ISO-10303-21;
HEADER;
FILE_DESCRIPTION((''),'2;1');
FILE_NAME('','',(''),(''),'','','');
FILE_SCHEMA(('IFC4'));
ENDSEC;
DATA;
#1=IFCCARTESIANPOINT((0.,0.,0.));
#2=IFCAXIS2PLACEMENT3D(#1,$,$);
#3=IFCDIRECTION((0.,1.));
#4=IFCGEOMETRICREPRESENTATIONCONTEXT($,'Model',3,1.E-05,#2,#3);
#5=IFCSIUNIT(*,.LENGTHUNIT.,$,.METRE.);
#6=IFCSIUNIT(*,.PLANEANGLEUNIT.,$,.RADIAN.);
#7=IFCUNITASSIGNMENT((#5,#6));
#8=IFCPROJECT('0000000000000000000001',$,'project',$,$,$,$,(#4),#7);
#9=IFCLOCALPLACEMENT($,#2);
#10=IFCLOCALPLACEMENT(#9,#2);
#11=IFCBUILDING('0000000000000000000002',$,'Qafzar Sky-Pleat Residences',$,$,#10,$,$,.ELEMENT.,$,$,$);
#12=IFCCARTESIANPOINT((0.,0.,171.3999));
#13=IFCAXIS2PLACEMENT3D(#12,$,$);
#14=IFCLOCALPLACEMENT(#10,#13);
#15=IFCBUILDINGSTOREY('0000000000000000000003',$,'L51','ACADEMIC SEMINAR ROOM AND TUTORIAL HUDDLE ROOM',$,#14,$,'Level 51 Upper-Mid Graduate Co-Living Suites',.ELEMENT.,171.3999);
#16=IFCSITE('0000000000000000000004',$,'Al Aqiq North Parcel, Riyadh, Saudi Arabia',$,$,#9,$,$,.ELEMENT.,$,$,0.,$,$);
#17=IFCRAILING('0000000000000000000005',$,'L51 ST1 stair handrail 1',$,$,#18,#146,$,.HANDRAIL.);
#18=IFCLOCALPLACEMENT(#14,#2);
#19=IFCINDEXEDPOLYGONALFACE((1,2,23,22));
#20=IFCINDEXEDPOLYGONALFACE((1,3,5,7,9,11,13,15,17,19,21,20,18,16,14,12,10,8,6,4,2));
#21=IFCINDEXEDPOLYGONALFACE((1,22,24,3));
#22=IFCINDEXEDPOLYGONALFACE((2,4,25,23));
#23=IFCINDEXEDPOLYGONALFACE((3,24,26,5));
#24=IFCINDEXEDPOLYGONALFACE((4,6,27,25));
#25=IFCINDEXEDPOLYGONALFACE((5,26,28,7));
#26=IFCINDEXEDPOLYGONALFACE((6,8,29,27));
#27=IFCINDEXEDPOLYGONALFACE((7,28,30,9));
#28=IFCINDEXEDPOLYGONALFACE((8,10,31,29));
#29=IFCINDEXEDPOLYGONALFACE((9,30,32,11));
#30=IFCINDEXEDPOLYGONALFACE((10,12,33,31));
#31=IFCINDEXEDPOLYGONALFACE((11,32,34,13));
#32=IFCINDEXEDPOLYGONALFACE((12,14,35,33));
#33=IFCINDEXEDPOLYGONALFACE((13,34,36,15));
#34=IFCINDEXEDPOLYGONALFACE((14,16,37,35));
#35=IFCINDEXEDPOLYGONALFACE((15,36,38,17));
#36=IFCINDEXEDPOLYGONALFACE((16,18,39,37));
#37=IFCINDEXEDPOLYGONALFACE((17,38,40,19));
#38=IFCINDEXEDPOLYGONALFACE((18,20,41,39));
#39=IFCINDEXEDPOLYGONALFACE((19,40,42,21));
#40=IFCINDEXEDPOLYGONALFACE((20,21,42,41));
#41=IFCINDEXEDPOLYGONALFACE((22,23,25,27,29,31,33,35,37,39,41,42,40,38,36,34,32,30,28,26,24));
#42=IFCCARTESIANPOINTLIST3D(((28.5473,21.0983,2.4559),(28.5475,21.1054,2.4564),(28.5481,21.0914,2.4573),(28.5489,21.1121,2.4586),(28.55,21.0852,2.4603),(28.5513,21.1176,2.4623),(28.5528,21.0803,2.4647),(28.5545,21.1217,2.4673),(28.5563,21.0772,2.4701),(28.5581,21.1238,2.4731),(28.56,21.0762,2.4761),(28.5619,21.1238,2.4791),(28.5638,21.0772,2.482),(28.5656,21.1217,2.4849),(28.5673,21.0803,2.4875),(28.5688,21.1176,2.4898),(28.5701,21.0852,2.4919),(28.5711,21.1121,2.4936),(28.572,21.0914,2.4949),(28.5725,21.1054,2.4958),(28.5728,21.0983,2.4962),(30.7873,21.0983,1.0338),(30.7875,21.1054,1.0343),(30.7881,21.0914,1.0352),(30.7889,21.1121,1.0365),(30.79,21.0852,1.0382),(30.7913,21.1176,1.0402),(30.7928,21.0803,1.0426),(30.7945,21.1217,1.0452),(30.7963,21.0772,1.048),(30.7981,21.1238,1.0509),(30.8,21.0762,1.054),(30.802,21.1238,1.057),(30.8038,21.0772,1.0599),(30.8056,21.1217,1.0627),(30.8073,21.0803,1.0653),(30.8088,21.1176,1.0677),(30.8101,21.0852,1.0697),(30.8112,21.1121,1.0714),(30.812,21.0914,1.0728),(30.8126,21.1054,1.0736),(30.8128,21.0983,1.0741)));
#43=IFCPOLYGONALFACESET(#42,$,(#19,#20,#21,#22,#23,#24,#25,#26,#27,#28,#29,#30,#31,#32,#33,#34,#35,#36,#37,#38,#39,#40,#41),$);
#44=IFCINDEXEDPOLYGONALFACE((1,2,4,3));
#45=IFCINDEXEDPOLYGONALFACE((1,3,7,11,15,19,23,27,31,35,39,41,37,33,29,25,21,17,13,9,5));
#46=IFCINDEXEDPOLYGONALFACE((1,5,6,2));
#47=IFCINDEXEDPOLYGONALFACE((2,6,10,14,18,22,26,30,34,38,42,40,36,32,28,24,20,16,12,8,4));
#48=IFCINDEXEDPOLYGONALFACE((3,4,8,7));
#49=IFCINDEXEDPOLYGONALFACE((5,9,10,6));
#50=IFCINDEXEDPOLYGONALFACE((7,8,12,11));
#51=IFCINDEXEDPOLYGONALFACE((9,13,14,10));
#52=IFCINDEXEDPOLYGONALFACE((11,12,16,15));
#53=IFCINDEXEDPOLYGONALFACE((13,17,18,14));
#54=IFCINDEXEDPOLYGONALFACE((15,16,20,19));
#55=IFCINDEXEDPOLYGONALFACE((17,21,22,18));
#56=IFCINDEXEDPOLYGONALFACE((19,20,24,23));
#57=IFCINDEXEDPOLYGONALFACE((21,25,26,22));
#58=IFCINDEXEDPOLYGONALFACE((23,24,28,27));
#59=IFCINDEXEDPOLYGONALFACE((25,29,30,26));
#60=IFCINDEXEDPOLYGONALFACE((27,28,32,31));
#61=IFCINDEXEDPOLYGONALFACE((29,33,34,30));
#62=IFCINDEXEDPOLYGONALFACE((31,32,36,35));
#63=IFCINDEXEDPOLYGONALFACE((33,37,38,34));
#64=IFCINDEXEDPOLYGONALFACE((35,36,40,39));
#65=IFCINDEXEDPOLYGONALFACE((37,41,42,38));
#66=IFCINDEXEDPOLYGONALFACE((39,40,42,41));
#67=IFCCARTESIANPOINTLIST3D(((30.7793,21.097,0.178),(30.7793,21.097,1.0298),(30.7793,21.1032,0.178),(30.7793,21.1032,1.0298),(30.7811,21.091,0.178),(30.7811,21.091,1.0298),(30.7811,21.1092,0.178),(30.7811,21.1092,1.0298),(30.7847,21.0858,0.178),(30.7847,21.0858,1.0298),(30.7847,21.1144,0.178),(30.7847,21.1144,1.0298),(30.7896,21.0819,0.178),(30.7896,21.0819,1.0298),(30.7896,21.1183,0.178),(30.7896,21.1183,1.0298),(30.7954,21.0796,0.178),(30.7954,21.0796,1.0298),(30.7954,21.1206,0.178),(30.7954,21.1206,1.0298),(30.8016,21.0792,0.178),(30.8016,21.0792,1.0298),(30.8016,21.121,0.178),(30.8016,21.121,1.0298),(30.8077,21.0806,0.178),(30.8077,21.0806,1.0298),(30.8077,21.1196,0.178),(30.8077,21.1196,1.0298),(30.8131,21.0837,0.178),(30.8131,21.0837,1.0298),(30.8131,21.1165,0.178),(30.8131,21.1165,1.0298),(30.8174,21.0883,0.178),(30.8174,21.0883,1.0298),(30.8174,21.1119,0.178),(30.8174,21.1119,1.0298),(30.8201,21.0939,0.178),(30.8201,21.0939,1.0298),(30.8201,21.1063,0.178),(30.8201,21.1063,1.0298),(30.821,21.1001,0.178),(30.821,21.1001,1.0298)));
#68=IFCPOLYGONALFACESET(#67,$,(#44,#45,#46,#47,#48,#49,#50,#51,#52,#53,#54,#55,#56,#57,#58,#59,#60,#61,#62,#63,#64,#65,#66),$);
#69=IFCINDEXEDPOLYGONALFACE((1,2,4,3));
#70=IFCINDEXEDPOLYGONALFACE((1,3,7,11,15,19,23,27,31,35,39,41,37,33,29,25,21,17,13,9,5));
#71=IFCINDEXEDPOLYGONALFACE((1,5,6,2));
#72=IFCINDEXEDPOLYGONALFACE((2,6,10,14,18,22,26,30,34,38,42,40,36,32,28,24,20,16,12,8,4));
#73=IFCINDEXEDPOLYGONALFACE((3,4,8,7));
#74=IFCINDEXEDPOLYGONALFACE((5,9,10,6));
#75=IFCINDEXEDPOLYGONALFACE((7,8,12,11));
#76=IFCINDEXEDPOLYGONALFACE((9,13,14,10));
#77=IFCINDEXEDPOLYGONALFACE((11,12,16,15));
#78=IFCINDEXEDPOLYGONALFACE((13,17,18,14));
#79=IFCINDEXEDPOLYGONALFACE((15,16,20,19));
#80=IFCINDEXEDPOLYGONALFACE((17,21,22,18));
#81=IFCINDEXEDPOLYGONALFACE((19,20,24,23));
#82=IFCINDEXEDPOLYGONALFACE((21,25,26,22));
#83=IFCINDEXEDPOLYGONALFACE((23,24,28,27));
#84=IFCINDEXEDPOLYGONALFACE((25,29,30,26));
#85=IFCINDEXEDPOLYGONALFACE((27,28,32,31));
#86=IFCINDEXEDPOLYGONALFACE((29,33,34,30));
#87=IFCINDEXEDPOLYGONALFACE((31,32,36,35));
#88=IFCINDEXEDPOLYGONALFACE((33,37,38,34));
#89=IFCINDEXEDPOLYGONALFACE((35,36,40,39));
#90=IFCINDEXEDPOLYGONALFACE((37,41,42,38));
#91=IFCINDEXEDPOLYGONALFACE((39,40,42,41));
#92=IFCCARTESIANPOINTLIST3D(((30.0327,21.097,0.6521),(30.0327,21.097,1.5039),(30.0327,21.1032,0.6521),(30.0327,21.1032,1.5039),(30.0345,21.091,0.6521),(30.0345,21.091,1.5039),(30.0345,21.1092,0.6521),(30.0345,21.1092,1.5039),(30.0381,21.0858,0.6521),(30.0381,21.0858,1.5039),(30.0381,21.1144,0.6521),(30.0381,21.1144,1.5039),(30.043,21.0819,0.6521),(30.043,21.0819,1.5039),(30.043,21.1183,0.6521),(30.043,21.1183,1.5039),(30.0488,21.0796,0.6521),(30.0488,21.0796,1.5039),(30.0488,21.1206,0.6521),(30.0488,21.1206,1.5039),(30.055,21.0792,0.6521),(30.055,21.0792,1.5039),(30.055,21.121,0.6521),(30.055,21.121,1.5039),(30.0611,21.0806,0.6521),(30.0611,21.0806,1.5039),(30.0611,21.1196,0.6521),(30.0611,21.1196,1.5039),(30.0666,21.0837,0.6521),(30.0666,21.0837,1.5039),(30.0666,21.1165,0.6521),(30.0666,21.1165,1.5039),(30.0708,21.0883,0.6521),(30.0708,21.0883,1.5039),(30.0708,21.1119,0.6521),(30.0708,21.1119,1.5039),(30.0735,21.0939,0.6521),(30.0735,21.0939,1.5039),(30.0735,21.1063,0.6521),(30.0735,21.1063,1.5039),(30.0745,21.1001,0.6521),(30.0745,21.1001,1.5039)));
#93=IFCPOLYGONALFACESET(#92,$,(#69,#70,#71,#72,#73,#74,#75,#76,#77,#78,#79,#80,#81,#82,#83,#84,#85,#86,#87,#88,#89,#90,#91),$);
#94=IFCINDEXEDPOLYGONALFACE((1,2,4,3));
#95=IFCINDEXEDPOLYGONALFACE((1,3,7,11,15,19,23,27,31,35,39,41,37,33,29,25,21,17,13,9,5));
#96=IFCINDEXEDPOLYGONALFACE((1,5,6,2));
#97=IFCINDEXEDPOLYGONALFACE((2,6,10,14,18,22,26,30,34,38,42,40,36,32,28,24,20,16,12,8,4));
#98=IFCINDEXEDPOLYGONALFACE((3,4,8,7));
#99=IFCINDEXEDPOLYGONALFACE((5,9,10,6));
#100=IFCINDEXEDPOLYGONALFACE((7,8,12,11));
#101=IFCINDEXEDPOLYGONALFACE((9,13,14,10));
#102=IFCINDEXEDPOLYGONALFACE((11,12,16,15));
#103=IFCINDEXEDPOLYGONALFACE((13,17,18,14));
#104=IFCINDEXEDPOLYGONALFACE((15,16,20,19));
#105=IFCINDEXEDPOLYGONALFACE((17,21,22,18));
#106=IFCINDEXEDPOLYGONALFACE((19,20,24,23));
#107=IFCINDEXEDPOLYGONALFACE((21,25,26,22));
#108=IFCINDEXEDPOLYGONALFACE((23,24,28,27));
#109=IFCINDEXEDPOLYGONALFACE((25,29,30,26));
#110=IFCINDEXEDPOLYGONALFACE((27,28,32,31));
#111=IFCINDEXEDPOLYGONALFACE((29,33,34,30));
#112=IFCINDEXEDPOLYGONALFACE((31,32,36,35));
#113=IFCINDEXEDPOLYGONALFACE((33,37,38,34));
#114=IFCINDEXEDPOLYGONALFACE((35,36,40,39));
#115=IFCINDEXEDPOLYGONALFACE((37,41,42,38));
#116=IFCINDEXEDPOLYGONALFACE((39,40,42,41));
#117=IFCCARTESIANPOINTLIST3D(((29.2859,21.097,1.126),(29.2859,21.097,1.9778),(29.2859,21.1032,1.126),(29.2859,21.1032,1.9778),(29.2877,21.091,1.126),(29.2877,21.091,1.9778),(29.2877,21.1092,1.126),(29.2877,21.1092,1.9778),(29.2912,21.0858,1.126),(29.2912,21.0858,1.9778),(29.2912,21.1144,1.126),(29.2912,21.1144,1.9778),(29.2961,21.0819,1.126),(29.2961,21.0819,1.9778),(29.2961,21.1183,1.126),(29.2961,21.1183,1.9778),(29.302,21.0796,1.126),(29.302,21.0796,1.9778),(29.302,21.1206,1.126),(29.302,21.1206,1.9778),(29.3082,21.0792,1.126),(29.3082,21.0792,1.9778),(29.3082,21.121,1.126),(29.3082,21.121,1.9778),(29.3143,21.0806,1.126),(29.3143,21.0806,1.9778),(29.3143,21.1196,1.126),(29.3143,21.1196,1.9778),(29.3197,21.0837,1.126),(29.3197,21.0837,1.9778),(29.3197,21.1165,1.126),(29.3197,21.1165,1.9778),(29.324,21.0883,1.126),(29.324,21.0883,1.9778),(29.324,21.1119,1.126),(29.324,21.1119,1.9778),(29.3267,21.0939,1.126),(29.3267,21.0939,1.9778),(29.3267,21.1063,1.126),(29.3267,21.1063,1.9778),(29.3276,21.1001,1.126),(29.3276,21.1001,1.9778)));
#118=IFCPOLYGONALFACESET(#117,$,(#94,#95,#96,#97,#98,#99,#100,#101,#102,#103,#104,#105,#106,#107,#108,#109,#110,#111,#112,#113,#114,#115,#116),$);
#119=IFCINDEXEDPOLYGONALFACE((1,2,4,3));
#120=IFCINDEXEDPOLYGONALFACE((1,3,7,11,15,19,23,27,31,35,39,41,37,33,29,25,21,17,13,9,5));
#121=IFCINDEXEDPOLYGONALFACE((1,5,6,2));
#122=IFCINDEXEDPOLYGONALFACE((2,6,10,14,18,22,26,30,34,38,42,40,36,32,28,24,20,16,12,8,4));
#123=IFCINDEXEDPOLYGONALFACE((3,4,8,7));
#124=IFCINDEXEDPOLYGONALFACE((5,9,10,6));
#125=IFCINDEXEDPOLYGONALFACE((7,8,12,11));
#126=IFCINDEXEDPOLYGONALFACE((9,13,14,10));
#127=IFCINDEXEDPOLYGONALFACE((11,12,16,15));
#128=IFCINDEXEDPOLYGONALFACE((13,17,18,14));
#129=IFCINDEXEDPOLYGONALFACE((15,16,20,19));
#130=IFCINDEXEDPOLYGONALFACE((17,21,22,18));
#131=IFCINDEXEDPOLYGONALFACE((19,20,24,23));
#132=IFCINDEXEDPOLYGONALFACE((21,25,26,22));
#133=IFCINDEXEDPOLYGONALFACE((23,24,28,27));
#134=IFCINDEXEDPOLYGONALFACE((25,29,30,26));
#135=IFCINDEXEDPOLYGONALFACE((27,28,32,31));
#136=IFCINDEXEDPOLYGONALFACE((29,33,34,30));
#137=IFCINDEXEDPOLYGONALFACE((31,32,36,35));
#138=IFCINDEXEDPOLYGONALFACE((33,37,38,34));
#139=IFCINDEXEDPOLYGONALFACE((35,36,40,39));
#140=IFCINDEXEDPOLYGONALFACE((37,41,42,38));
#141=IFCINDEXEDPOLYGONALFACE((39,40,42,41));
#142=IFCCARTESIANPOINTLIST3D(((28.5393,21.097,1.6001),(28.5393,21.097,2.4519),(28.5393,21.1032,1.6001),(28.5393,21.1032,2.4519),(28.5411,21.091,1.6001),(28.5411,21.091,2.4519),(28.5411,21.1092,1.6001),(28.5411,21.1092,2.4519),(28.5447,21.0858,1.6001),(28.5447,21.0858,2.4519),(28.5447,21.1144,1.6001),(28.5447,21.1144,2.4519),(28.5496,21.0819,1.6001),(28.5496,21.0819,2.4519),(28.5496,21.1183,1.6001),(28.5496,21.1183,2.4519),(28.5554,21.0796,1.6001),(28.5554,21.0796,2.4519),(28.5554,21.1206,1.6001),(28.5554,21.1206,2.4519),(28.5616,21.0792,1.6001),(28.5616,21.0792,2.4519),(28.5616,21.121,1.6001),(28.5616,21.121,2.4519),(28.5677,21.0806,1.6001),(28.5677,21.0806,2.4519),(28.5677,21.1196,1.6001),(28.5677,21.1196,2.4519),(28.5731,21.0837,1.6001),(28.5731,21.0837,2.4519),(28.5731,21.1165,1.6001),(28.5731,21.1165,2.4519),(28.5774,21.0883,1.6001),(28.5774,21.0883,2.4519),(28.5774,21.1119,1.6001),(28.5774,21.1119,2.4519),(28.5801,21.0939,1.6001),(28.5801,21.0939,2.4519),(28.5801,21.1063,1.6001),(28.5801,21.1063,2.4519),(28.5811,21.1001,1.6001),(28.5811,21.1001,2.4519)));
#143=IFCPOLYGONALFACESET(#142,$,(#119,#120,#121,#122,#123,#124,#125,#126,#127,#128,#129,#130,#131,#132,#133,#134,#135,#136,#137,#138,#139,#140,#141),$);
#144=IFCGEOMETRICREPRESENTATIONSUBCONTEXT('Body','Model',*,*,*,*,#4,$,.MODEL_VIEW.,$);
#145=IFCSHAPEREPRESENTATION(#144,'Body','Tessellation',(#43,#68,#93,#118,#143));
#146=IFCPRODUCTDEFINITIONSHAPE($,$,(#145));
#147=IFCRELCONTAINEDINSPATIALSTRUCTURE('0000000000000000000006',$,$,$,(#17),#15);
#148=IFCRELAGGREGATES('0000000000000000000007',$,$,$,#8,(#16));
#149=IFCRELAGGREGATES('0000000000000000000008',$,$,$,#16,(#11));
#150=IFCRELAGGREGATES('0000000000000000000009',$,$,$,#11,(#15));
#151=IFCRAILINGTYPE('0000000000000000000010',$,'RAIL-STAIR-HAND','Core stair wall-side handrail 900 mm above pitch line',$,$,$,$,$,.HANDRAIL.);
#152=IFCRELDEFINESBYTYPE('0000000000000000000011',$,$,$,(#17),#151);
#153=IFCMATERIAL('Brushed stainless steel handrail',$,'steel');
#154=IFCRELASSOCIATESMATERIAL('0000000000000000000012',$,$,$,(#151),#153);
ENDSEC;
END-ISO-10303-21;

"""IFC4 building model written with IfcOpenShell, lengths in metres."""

from ifc_helpers import new_model, si_unit, direction, frame, origin, origin_2d, place, context, subcontext, project, spatial, circle, extrude, source, transform, mapped, material, type_object, element, save


model = new_model("IFC4")

# Units and contexts
model_context = context("Model", 3, precision=1e-05, world=origin(), true_north=direction((0.0, 1.0)))
body_context = subcontext(model_context, "Body", "Model", "MODEL_VIEW")
ifc_project = project(units=[si_unit("LENGTHUNIT", "METRE"), si_unit("PLANEANGLEUNIT", "RADIAN")], contexts=[model_context])

# Site, building, storey
site_placement = place(None, origin())
site = spatial("IfcSite", under=ifc_project, at=site_placement, Name="Al Aqiq North Parcel, Riyadh, Saudi Arabia", CompositionType="ELEMENT", RefElevation=0.0)
building_placement = place(site_placement, origin())
building = spatial("IfcBuilding", under=site, at=building_placement, Name="Qafzar Sky-Pleat Residences", CompositionType="ELEMENT")
storey_placement = place(building_placement, frame((0.0, 0.0, 171.3999)))
storey = spatial("IfcBuildingStorey", under=building, at=storey_placement, Name="L51", Description="ACADEMIC SEMINAR ROOM AND TUTORIAL HUDDLE ROOM", LongName="Level 51 Upper-Mid Graduate Co-Living Suites", CompositionType="ELEMENT", Elevation=171.3999)

# Railing
ifc_material_1 = material(Name="Brushed stainless steel handrail", Category="steel")
railing_type_1 = type_object("IfcRailingType", Name="RAIL-STAIR-HAND", Description="Core stair wall-side handrail 900 mm above pitch line", PredefinedType="HANDRAIL", material=ifc_material_1)
shared_shape_1 = source(origin(), body_context, "Body", "SweptSolid", [
    extrude(circle(Radius=0.0239, at=origin_2d()), frame((0.0, 0.0, 0.876), z_axis=(-0.844229, 0.0, 0.535982), x_axis=(0.0, -1.0, 0.0)), (0.0, 0.0, 1.0), 2.6533),
    extrude(circle(Radius=0.021, at=origin_2d()), origin(), (0.0, 0.0, 1.0), 0.8518),
    extrude(circle(Radius=0.021, at=origin_2d()), frame((-0.7466, 0.0, 0.4741)), (0.0, 0.0, 1.0), 0.8518),
    extrude(circle(Radius=0.021, at=origin_2d()), frame((-1.4934, 0.0, 0.948)), (0.0, 0.0, 1.0), 0.8518),
    extrude(circle(Radius=0.021, at=origin_2d()), frame((-2.24, 0.0, 1.4221)), (0.0, 0.0, 1.0), 0.8518),
])
railing_1_placement = place(storey_placement, frame((30.8, 21.1001, 0.178)))
element("IfcRailing", 1, at=railing_1_placement, inside=storey, type_object=railing_type_1, Name="L51 ST1 stair handrail 1", PredefinedType="HANDRAIL", context=body_context, shape_type="MappedRepresentation", body=[
    mapped(shared_shape_1, transform((0.0, 0.0, 0.0), x_axis=(1.0, 0.0, 0.0), y_axis=(0.0, 1.0, 0.0), z_axis=(0.0, 0.0, 1.0), scale=1.0)),
])

save(model, "model.ifc")
